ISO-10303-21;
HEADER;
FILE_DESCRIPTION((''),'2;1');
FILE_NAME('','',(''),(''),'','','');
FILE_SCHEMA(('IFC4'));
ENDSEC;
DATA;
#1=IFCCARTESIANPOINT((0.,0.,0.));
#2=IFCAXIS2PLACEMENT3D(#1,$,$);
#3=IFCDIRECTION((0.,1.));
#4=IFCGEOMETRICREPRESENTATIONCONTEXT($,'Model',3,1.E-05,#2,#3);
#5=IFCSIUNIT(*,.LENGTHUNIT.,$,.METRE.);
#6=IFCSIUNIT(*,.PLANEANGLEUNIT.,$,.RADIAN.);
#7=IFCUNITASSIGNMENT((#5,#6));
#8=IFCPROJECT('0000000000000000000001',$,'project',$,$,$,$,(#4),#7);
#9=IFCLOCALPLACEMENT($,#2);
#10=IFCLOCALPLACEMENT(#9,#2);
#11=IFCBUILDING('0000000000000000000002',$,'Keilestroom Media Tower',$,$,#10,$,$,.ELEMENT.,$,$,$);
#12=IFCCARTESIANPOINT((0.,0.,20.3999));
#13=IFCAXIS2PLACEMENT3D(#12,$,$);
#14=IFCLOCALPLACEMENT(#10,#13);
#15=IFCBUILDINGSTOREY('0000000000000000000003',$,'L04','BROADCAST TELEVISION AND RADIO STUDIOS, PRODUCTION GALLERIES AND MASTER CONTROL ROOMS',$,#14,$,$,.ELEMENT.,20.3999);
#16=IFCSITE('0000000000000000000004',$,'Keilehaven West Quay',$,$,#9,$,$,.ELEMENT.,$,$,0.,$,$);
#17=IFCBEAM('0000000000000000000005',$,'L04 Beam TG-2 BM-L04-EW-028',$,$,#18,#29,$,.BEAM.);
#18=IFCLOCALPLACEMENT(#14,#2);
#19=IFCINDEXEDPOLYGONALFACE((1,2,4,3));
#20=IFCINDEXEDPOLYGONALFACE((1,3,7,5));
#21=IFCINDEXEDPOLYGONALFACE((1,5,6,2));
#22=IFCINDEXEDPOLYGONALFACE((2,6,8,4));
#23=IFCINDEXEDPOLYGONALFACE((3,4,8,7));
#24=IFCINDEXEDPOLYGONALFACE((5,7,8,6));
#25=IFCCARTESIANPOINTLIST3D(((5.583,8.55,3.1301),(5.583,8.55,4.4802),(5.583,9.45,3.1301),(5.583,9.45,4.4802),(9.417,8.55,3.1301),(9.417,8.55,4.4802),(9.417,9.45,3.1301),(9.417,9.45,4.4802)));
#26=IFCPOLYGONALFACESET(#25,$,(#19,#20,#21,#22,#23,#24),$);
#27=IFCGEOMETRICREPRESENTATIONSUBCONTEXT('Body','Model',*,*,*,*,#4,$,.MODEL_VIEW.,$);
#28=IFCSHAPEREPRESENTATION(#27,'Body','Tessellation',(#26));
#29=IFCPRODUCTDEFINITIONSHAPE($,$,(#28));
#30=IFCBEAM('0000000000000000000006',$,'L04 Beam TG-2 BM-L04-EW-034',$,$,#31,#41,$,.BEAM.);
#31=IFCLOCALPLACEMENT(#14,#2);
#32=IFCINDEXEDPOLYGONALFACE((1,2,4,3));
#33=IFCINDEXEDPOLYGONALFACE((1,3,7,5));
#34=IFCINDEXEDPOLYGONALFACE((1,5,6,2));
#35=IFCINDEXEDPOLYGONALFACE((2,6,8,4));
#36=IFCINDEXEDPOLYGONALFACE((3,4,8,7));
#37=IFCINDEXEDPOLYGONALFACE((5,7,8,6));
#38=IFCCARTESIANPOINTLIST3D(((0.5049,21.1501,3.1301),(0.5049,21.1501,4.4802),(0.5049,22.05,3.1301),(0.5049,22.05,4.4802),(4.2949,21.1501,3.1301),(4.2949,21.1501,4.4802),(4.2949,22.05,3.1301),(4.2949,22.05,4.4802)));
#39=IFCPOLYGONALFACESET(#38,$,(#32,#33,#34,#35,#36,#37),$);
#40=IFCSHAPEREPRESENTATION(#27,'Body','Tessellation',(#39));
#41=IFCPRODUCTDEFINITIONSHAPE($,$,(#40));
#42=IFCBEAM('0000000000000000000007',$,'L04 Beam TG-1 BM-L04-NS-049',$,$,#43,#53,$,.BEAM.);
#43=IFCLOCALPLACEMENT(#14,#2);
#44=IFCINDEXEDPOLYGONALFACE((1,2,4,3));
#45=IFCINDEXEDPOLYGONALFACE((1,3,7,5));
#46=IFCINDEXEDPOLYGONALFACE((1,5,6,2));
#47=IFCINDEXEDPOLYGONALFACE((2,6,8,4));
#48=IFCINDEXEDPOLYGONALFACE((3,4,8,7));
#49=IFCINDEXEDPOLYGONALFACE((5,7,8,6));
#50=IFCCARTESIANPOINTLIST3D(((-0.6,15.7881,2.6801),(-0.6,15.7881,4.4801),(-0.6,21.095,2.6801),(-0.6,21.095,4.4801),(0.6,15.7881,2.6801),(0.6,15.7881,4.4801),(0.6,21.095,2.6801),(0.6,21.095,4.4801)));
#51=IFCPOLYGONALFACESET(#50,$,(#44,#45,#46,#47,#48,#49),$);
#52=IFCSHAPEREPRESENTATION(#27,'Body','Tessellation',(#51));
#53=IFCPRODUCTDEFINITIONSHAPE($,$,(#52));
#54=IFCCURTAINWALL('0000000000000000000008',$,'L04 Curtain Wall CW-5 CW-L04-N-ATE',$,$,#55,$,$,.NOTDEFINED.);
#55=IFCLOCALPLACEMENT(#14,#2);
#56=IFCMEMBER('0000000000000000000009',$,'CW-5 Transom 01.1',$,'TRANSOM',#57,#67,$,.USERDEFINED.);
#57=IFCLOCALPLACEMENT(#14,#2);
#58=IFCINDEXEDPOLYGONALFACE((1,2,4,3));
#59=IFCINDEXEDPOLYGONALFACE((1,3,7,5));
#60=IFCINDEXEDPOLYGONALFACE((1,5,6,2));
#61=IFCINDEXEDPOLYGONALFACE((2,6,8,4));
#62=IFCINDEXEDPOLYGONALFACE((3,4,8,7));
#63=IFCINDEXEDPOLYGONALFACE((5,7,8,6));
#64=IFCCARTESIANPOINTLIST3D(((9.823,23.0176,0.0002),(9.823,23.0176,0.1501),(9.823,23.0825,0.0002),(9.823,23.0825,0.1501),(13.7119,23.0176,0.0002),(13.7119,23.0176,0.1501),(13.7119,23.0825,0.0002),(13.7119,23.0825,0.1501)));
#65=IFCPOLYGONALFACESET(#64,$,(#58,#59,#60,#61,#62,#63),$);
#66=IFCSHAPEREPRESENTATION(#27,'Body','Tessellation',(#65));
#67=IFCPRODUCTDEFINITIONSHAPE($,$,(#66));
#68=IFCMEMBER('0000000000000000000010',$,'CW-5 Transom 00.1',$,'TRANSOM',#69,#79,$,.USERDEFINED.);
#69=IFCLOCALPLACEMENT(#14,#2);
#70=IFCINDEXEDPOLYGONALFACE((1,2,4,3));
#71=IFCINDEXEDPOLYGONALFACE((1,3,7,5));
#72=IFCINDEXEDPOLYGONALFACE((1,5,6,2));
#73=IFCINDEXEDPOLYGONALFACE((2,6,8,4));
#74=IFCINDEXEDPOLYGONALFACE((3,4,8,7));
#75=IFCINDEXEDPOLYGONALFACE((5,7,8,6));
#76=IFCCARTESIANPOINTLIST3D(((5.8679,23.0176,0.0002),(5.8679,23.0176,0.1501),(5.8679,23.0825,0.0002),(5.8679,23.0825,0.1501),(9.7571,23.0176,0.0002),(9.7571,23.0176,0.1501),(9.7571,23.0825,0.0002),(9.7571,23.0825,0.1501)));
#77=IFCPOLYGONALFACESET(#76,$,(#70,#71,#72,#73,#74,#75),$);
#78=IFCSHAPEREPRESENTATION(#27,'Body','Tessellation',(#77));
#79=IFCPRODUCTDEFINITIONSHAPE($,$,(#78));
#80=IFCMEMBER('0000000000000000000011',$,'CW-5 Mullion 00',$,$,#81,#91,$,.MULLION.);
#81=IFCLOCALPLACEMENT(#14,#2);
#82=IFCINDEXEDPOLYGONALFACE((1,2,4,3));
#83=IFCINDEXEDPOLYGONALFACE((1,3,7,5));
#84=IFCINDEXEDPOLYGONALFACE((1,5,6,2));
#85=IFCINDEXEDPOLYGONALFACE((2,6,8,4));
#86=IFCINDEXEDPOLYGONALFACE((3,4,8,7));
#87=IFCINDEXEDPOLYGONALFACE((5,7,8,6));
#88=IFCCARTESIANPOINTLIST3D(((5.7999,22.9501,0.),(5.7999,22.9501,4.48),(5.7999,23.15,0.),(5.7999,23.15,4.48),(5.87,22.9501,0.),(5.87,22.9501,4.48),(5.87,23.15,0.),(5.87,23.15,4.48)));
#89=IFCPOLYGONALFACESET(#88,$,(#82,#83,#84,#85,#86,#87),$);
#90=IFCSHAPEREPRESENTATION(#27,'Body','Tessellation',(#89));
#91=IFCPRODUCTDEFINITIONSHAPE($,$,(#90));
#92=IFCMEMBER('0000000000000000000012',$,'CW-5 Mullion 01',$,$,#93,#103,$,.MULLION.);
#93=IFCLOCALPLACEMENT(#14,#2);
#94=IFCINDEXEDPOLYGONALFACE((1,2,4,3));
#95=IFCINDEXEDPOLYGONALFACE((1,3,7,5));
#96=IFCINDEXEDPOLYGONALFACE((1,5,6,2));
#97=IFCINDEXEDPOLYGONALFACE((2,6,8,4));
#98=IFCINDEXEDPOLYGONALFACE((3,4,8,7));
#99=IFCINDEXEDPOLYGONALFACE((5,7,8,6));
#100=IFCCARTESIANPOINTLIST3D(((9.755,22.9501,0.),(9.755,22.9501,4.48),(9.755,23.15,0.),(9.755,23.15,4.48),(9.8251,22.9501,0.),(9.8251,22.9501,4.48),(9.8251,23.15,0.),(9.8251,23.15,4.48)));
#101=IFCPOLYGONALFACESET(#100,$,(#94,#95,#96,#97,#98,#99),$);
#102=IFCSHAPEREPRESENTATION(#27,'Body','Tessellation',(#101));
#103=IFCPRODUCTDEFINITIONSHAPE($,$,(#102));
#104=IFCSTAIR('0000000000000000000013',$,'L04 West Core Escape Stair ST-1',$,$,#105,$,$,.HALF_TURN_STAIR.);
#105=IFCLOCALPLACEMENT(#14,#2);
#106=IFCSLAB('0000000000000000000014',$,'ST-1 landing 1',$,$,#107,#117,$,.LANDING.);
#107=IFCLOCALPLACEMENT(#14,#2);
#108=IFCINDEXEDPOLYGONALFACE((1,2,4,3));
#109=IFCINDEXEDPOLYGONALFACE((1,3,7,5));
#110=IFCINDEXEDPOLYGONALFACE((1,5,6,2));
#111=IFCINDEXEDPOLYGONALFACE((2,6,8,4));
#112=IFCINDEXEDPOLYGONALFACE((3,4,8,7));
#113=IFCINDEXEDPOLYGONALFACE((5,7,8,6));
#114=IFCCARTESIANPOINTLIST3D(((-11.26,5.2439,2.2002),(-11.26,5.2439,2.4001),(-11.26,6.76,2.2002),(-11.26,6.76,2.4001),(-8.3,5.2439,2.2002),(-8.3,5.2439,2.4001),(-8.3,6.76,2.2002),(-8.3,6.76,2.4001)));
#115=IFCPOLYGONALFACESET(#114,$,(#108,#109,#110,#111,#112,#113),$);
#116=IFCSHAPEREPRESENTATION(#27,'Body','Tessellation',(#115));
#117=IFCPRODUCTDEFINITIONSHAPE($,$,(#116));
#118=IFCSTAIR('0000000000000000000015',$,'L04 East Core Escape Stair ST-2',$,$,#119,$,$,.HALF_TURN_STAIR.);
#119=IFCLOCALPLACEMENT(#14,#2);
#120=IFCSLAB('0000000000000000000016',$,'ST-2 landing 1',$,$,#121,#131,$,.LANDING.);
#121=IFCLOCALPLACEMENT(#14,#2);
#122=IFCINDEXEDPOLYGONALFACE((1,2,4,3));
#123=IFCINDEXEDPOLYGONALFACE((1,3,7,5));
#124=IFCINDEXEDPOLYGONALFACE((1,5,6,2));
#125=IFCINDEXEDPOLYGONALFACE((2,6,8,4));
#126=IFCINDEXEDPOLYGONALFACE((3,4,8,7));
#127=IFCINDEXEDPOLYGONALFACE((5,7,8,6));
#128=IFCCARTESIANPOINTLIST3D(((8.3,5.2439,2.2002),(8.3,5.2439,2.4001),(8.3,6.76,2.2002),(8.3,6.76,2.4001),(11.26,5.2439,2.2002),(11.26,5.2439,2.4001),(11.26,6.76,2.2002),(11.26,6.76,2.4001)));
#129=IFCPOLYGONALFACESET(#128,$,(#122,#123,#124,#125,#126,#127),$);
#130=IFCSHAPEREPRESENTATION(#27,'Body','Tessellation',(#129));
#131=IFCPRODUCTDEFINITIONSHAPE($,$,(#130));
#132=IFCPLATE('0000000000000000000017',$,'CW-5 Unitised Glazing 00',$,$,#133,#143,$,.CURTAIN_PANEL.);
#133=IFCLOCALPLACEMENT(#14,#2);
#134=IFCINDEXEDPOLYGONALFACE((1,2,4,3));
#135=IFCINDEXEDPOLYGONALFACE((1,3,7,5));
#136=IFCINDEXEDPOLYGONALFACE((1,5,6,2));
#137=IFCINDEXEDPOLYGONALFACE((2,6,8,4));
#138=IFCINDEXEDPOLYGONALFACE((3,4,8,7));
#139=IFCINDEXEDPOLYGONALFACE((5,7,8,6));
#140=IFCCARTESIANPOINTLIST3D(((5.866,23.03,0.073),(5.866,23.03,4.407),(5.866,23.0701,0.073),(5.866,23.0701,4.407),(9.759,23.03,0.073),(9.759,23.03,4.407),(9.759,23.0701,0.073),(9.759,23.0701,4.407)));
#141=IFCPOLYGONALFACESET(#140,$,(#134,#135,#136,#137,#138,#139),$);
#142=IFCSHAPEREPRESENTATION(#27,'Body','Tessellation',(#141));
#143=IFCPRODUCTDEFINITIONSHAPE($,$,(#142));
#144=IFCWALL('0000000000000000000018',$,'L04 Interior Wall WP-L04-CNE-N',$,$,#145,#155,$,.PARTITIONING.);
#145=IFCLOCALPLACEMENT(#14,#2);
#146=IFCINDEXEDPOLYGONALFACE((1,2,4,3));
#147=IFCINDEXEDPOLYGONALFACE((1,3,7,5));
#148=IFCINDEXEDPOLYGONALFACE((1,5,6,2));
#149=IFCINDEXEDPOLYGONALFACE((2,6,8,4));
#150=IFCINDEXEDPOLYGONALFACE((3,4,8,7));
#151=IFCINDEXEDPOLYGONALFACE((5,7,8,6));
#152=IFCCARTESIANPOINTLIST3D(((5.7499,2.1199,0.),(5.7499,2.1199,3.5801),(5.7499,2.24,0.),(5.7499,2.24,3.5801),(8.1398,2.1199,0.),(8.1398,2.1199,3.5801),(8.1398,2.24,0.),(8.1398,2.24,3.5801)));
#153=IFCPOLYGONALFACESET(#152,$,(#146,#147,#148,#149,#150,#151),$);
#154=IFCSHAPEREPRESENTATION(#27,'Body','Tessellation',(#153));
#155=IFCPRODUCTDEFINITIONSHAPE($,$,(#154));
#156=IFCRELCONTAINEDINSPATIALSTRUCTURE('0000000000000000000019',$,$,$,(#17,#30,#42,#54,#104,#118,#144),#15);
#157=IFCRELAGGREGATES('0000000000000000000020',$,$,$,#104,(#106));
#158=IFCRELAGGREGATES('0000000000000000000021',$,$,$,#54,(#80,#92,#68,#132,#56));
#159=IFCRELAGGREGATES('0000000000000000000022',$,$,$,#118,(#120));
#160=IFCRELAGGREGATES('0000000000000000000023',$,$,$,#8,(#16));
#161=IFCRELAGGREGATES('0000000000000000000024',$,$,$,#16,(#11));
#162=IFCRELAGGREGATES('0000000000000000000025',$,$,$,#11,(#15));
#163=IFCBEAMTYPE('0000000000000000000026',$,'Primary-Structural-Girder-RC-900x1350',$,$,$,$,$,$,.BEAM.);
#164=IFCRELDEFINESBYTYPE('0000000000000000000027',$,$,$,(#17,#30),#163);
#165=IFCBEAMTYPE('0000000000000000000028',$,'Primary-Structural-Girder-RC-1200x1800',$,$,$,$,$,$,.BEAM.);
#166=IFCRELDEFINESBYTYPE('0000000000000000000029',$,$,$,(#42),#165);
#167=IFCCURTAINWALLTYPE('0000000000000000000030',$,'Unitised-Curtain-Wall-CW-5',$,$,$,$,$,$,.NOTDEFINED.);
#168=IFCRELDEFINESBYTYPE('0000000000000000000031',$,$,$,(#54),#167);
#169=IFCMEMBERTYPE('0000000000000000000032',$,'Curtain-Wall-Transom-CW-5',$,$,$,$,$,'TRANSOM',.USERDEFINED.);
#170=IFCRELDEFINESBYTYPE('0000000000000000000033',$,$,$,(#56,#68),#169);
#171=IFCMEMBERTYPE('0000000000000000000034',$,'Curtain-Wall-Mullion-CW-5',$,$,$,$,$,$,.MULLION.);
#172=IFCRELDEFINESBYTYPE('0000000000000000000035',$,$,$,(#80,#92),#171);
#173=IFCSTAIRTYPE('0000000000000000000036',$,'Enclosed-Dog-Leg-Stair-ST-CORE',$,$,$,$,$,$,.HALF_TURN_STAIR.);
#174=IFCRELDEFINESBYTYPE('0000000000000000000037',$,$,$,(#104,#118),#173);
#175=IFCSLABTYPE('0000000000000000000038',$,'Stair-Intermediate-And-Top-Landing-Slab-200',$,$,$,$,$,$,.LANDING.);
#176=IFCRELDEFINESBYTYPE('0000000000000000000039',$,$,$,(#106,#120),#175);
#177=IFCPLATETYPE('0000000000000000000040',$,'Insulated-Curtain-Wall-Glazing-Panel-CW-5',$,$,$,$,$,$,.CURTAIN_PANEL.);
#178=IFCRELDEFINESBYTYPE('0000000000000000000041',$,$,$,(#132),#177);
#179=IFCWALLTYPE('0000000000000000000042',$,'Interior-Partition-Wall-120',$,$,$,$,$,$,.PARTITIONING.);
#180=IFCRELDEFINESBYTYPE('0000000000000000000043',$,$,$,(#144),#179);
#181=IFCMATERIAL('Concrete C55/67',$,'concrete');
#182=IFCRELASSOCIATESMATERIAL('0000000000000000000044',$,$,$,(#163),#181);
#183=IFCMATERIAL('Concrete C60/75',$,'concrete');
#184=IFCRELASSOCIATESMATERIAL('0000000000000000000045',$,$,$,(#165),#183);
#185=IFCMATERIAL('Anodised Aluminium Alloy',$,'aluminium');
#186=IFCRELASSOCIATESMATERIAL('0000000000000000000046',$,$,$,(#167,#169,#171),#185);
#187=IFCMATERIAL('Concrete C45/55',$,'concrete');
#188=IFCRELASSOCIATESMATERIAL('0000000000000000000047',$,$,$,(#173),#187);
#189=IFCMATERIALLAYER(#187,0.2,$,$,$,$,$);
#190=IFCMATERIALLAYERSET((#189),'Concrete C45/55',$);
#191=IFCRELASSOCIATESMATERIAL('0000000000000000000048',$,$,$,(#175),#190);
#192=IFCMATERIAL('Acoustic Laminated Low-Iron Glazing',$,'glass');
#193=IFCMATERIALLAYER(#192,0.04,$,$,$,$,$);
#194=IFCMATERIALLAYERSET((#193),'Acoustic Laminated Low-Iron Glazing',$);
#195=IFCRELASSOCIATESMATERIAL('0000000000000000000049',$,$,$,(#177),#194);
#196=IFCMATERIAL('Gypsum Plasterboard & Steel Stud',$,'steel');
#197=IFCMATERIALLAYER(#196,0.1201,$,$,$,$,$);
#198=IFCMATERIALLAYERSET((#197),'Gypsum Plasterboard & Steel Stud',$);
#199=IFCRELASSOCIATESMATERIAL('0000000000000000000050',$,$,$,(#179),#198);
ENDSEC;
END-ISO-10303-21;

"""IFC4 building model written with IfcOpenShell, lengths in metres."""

from ifc_helpers import new_model, si_unit, direction, frame, frame_2d, origin, origin_2d, place, context, subcontext, project, spatial, polyline, rectangle, outline, extrude, source, transform, mapped, material, layer, layer_set, material_profile, profile_set, type_object, element, aggregate, save


model = new_model("IFC4")

# Units and contexts
model_context = context("Model", 3, precision=1e-05, world=origin(), true_north=direction((0.0, 1.0)))
body_context = subcontext(model_context, "Body", "Model", "MODEL_VIEW")
ifc_project = project(units=[si_unit("LENGTHUNIT", "METRE"), si_unit("PLANEANGLEUNIT", "RADIAN")], contexts=[model_context])

# Site, building, storey
site_placement = place(None, origin())
site = spatial("IfcSite", under=ifc_project, at=site_placement, Name="Keilehaven West Quay", CompositionType="ELEMENT", RefElevation=0.0)
building_placement = place(site_placement, origin())
building = spatial("IfcBuilding", under=site, at=building_placement, Name="Keilestroom Media Tower", CompositionType="ELEMENT")
storey_placement = place(building_placement, frame((0.0, 0.0, 20.3999)))
storey = spatial("IfcBuildingStorey", under=building, at=storey_placement, Name="L04", Description="BROADCAST TELEVISION AND RADIO STUDIOS, PRODUCTION GALLERIES AND MASTER CONTROL ROOMS", CompositionType="ELEMENT", Elevation=20.3999)

# Shared definitions
ifc_material_1 = material(Name="Concrete C55/67", Category="concrete")

# Beams
ifc_material_profile_1 = material_profile(ifc_material_1, rectangle(XDim=0.8999, YDim=1.3501, at=origin_2d()), Name="RC 900x1350")
ifc_profile_set_1 = profile_set([ifc_material_profile_1], Name="Concrete C55/67")
beam_type_1 = type_object("IfcBeamType", Name="Primary-Structural-Girder-RC-900x1350", PredefinedType="BEAM", material=ifc_profile_set_1)
shared_shape_1 = source(origin(), body_context, "Body", "SweptSolid", [
    extrude(rectangle(XDim=0.8999, YDim=1.3501, at=origin_2d()), origin(), (0.0, 0.0, 1.0), 3.834),
])
beam_1_placement = place(storey_placement, frame((5.583, 9.0, 3.8052), z_axis=(1.0, 0.0, 0.0), x_axis=(0.0, 1.0, 0.0)))
element("IfcBeam", 1, at=beam_1_placement, inside=storey, type_object=beam_type_1, Name="L04 Beam TG-2 BM-L04-EW-028", PredefinedType="BEAM", context=body_context, shape_type="MappedRepresentation", body=[
    mapped(shared_shape_1, transform((0.0, 0.0, 0.0), x_axis=(1.0, 0.0, 0.0), y_axis=(0.0, 1.0, 0.0), z_axis=(0.0, 0.0, 1.0), scale=1.0)),
])
shared_shape_2 = source(origin(), body_context, "Body", "SweptSolid", [
    extrude(rectangle(XDim=0.8999, YDim=1.3501, at=origin_2d()), origin(), (0.0, 0.0, 1.0), 3.79),
])
beam_2_placement = place(storey_placement, frame((0.5049, 21.6001, 3.8052), z_axis=(1.0, 0.0, 0.0), x_axis=(0.0, 1.0, 0.0)))
element("IfcBeam", 2, at=beam_2_placement, inside=storey, type_object=beam_type_1, Name="L04 Beam TG-2 BM-L04-EW-034", PredefinedType="BEAM", context=body_context, shape_type="MappedRepresentation", body=[
    mapped(shared_shape_2, transform((0.0, 0.0, 0.0), x_axis=(1.0, 0.0, 0.0), y_axis=(0.0, 1.0, 0.0), z_axis=(0.0, 0.0, 1.0), scale=1.0)),
])
ifc_material_2 = material(Name="Concrete C60/75", Category="concrete")
ifc_material_profile_2 = material_profile(ifc_material_2, rectangle(XDim=1.2, YDim=1.8, at=origin_2d()), Name="RC 1200x1800")
ifc_profile_set_2 = profile_set([ifc_material_profile_2], Name="Concrete C60/75")
beam_type_2 = type_object("IfcBeamType", Name="Primary-Structural-Girder-RC-1200x1800", PredefinedType="BEAM", material=ifc_profile_set_2)
shared_shape_3 = source(origin(), body_context, "Body", "SweptSolid", [
    extrude(rectangle(XDim=1.2, YDim=1.8, at=origin_2d()), origin(), (0.0, 0.0, 1.0), 5.3069),
])
beam_3_placement = place(storey_placement, frame((0.0, 15.7881, 3.5801), z_axis=(0.0, 1.0, 0.0), x_axis=(-1.0, 0.0, 0.0)))
element("IfcBeam", 3, at=beam_3_placement, inside=storey, type_object=beam_type_2, Name="L04 Beam TG-1 BM-L04-NS-049", PredefinedType="BEAM", context=body_context, shape_type="MappedRepresentation", body=[
    mapped(shared_shape_3, transform((0.0, 0.0, 0.0), x_axis=(1.0, 0.0, 0.0), y_axis=(0.0, 1.0, 0.0), z_axis=(0.0, 0.0, 1.0), scale=1.0)),
])

# Curtain wall, members
ifc_material_3 = material(Name="Anodised Aluminium Alloy", Category="aluminium")
curtain_wall_type = type_object("IfcCurtainWallType", Name="Unitised-Curtain-Wall-CW-5", PredefinedType="NOTDEFINED", material=ifc_material_3)
curtain_wall_placement = place(storey_placement, origin())
curtain_wall = element("IfcCurtainWall", 4, at=curtain_wall_placement, inside=storey, type_object=curtain_wall_type, Name="L04 Curtain Wall CW-5 CW-L04-N-ATE", PredefinedType="NOTDEFINED")
ifc_material_profile_3 = material_profile(ifc_material_3, rectangle(XDim=0.0649, YDim=0.1499, at=origin_2d()), Name="ALU TRANSOM 65x150")
ifc_profile_set_3 = profile_set([ifc_material_profile_3], Name="Anodised Aluminium Alloy")
member_type_1 = type_object("IfcMemberType", Name="Curtain-Wall-Transom-CW-5", ElementType="TRANSOM", PredefinedType="USERDEFINED", material=ifc_profile_set_3)
shared_shape_4 = source(origin(), body_context, "Body", "SweptSolid", [
    extrude(rectangle(XDim=0.0649, YDim=0.1499, at=origin_2d()), origin(), (0.0, 0.0, 1.0), 3.8889),
])
member_1_placement = place(storey_placement, frame((9.823, 23.05, 0.0752), z_axis=(1.0, 0.0, 0.0), x_axis=(0.0, 1.0, 0.0)))
member_1 = element("IfcMember", 5, at=member_1_placement, type_object=member_type_1, Name="CW-5 Transom 01.1", ObjectType="TRANSOM", PredefinedType="USERDEFINED", context=body_context, shape_type="MappedRepresentation", body=[
    mapped(shared_shape_4, transform((0.0, 0.0, 0.0), x_axis=(1.0, 0.0, 0.0), y_axis=(0.0, 1.0, 0.0), z_axis=(0.0, 0.0, 1.0), scale=1.0)),
])
shared_shape_5 = source(origin(), body_context, "Body", "SweptSolid", [
    extrude(rectangle(XDim=0.0649, YDim=0.1499, at=origin_2d()), origin(), (0.0, 0.0, 1.0), 3.8892),
])
member_2_placement = place(storey_placement, frame((5.8679, 23.05, 0.0752), z_axis=(1.0, 0.0, 0.0), x_axis=(0.0, 1.0, 0.0)))
member_2 = element("IfcMember", 6, at=member_2_placement, type_object=member_type_1, Name="CW-5 Transom 00.1", ObjectType="TRANSOM", PredefinedType="USERDEFINED", context=body_context, shape_type="MappedRepresentation", body=[
    mapped(shared_shape_5, transform((0.0, 0.0, 0.0), x_axis=(1.0, 0.0, 0.0), y_axis=(0.0, 1.0, 0.0), z_axis=(0.0, 0.0, 1.0), scale=1.0)),
])
ifc_material_profile_4 = material_profile(ifc_material_3, rectangle(XDim=0.0701, YDim=0.2, at=origin_2d()), Name="ALU MULLION 70x200")
ifc_profile_set_4 = profile_set([ifc_material_profile_4], Name="Anodised Aluminium Alloy")
member_type_2 = type_object("IfcMemberType", Name="Curtain-Wall-Mullion-CW-5", PredefinedType="MULLION", material=ifc_profile_set_4)
shared_shape_6 = source(origin(), body_context, "Body", "SweptSolid", [
    extrude(rectangle(XDim=0.0701, YDim=0.2, at=origin_2d()), origin(), (0.0, 0.0, 1.0), 4.48),
])
member_3_placement = place(storey_placement, frame((5.835, 23.05, 0.0), z_axis=(0.0, 0.0, 1.0), x_axis=(1.0, 0.0, 0.0)))
member_3 = element("IfcMember", 7, at=member_3_placement, type_object=member_type_2, Name="CW-5 Mullion 00", PredefinedType="MULLION", context=body_context, shape_type="MappedRepresentation", body=[
    mapped(shared_shape_6, transform((0.0, 0.0, 0.0), x_axis=(1.0, 0.0, 0.0), y_axis=(0.0, 1.0, 0.0), z_axis=(0.0, 0.0, 1.0), scale=1.0)),
])
member_4_placement = place(storey_placement, frame((9.79, 23.05, 0.0), z_axis=(0.0, 0.0, 1.0), x_axis=(1.0, 0.0, 0.0)))
member_4 = element("IfcMember", 8, at=member_4_placement, type_object=member_type_2, Name="CW-5 Mullion 01", PredefinedType="MULLION", context=body_context, shape_type="MappedRepresentation", body=[
    mapped(shared_shape_6, transform((0.0, 0.0, 0.0), x_axis=(1.0, 0.0, 0.0), y_axis=(0.0, 1.0, 0.0), z_axis=(0.0, 0.0, 1.0), scale=1.0)),
])

# Stairs, slabs
ifc_material_4 = material(Name="Concrete C45/55", Category="concrete")
stair_type = type_object("IfcStairType", Name="Enclosed-Dog-Leg-Stair-ST-CORE", PredefinedType="HALF_TURN_STAIR", material=ifc_material_4)
stair_1_placement = place(storey_placement, origin())
stair_1 = element("IfcStair", 9, at=stair_1_placement, inside=storey, type_object=stair_type, Name="L04 West Core Escape Stair ST-1", PredefinedType="HALF_TURN_STAIR")
ifc_layer_1 = layer(ifc_material_4, 0.2)
ifc_layer_set_1 = layer_set([ifc_layer_1], Name="Concrete C45/55")
slab_type = type_object("IfcSlabType", Name="Stair-Intermediate-And-Top-Landing-Slab-200", PredefinedType="LANDING", material=ifc_layer_set_1)
slab_1_placement = place(storey_placement, frame((0.0, 0.0, 2.2002)))
slab_1 = element("IfcSlab", 10, at=slab_1_placement, type_object=slab_type, Name="ST-1 landing 1", PredefinedType="LANDING", context=body_context, shape_type="SweptSolid", body=[
    extrude(outline(polyline([(-8.3, 5.2439), (-8.3, 6.76), (-11.26, 6.76), (-11.26, 5.2439), (-8.3, 5.2439)])), origin(), (0.0, 0.0, 1.0), 0.2),
])
aggregate(stair_1, [slab_1])
stair_2_placement = place(storey_placement, origin())
stair_2 = element("IfcStair", 11, at=stair_2_placement, inside=storey, type_object=stair_type, Name="L04 East Core Escape Stair ST-2", PredefinedType="HALF_TURN_STAIR")
slab_2_placement = place(storey_placement, frame((0.0, 0.0, 2.2002)))
slab_2 = element("IfcSlab", 12, at=slab_2_placement, type_object=slab_type, Name="ST-2 landing 1", PredefinedType="LANDING", context=body_context, shape_type="SweptSolid", body=[
    extrude(outline(polyline([(11.26, 5.2439), (11.26, 6.76), (8.3, 6.76), (8.3, 5.2439), (11.26, 5.2439)])), origin(), (0.0, 0.0, 1.0), 0.2),
])

# Plate
ifc_material_5 = material(Name="Acoustic Laminated Low-Iron Glazing", Category="glass")
ifc_layer_2 = layer(ifc_material_5, 0.04)
ifc_layer_set_2 = layer_set([ifc_layer_2], Name="Acoustic Laminated Low-Iron Glazing")
plate_type = type_object("IfcPlateType", Name="Insulated-Curtain-Wall-Glazing-Panel-CW-5", PredefinedType="CURTAIN_PANEL", material=ifc_layer_set_2)
shared_shape_7 = source(origin(), body_context, "Body", "SweptSolid", [
    extrude(rectangle(XDim=3.8931, YDim=0.04, at=origin_2d()), origin(), (0.0, 0.0, 1.0), 4.334),
])
plate_placement = place(storey_placement, frame((7.8125, 23.05, 0.073), z_axis=(0.0, 0.0, 1.0), x_axis=(1.0, 0.0, 0.0)))
plate = element("IfcPlate", 13, at=plate_placement, type_object=plate_type, Name="CW-5 Unitised Glazing 00", PredefinedType="CURTAIN_PANEL", context=body_context, shape_type="MappedRepresentation", body=[
    mapped(shared_shape_7, transform((0.0, 0.0, 0.0), x_axis=(1.0, 0.0, 0.0), y_axis=(0.0, 1.0, 0.0), z_axis=(0.0, 0.0, 1.0), scale=1.0)),
])
aggregate(curtain_wall, [member_3, member_4, member_2, plate, member_1])

# Wall
ifc_material_6 = material(Name="Gypsum Plasterboard & Steel Stud", Category="steel")
ifc_layer_3 = layer(ifc_material_6, 0.1201)
ifc_layer_set_3 = layer_set([ifc_layer_3], Name="Gypsum Plasterboard & Steel Stud")
wall_type_1 = type_object("IfcWallType", Name="Interior-Partition-Wall-120", PredefinedType="PARTITIONING", material=ifc_layer_set_3)
wall_1_placement = place(storey_placement, frame((5.75, 2.1799, 0.0), z_axis=(0.0, 0.0, 1.0), x_axis=(1.0, 0.0, 0.0)))
element("IfcWall", 14, at=wall_1_placement, inside=storey, type_object=wall_type_1, Name="L04 Interior Wall WP-L04-CNE-N", PredefinedType="PARTITIONING", context=body_context, shape_type="SweptSolid", body=[
    extrude(rectangle(XDim=2.3899, YDim=0.1201, at=frame_2d((1.1948, 0.0))), origin(), (0.0, 0.0, 1.0), 3.5801),
])

aggregate(stair_2, [slab_2])

save(model, "model.ifc")
